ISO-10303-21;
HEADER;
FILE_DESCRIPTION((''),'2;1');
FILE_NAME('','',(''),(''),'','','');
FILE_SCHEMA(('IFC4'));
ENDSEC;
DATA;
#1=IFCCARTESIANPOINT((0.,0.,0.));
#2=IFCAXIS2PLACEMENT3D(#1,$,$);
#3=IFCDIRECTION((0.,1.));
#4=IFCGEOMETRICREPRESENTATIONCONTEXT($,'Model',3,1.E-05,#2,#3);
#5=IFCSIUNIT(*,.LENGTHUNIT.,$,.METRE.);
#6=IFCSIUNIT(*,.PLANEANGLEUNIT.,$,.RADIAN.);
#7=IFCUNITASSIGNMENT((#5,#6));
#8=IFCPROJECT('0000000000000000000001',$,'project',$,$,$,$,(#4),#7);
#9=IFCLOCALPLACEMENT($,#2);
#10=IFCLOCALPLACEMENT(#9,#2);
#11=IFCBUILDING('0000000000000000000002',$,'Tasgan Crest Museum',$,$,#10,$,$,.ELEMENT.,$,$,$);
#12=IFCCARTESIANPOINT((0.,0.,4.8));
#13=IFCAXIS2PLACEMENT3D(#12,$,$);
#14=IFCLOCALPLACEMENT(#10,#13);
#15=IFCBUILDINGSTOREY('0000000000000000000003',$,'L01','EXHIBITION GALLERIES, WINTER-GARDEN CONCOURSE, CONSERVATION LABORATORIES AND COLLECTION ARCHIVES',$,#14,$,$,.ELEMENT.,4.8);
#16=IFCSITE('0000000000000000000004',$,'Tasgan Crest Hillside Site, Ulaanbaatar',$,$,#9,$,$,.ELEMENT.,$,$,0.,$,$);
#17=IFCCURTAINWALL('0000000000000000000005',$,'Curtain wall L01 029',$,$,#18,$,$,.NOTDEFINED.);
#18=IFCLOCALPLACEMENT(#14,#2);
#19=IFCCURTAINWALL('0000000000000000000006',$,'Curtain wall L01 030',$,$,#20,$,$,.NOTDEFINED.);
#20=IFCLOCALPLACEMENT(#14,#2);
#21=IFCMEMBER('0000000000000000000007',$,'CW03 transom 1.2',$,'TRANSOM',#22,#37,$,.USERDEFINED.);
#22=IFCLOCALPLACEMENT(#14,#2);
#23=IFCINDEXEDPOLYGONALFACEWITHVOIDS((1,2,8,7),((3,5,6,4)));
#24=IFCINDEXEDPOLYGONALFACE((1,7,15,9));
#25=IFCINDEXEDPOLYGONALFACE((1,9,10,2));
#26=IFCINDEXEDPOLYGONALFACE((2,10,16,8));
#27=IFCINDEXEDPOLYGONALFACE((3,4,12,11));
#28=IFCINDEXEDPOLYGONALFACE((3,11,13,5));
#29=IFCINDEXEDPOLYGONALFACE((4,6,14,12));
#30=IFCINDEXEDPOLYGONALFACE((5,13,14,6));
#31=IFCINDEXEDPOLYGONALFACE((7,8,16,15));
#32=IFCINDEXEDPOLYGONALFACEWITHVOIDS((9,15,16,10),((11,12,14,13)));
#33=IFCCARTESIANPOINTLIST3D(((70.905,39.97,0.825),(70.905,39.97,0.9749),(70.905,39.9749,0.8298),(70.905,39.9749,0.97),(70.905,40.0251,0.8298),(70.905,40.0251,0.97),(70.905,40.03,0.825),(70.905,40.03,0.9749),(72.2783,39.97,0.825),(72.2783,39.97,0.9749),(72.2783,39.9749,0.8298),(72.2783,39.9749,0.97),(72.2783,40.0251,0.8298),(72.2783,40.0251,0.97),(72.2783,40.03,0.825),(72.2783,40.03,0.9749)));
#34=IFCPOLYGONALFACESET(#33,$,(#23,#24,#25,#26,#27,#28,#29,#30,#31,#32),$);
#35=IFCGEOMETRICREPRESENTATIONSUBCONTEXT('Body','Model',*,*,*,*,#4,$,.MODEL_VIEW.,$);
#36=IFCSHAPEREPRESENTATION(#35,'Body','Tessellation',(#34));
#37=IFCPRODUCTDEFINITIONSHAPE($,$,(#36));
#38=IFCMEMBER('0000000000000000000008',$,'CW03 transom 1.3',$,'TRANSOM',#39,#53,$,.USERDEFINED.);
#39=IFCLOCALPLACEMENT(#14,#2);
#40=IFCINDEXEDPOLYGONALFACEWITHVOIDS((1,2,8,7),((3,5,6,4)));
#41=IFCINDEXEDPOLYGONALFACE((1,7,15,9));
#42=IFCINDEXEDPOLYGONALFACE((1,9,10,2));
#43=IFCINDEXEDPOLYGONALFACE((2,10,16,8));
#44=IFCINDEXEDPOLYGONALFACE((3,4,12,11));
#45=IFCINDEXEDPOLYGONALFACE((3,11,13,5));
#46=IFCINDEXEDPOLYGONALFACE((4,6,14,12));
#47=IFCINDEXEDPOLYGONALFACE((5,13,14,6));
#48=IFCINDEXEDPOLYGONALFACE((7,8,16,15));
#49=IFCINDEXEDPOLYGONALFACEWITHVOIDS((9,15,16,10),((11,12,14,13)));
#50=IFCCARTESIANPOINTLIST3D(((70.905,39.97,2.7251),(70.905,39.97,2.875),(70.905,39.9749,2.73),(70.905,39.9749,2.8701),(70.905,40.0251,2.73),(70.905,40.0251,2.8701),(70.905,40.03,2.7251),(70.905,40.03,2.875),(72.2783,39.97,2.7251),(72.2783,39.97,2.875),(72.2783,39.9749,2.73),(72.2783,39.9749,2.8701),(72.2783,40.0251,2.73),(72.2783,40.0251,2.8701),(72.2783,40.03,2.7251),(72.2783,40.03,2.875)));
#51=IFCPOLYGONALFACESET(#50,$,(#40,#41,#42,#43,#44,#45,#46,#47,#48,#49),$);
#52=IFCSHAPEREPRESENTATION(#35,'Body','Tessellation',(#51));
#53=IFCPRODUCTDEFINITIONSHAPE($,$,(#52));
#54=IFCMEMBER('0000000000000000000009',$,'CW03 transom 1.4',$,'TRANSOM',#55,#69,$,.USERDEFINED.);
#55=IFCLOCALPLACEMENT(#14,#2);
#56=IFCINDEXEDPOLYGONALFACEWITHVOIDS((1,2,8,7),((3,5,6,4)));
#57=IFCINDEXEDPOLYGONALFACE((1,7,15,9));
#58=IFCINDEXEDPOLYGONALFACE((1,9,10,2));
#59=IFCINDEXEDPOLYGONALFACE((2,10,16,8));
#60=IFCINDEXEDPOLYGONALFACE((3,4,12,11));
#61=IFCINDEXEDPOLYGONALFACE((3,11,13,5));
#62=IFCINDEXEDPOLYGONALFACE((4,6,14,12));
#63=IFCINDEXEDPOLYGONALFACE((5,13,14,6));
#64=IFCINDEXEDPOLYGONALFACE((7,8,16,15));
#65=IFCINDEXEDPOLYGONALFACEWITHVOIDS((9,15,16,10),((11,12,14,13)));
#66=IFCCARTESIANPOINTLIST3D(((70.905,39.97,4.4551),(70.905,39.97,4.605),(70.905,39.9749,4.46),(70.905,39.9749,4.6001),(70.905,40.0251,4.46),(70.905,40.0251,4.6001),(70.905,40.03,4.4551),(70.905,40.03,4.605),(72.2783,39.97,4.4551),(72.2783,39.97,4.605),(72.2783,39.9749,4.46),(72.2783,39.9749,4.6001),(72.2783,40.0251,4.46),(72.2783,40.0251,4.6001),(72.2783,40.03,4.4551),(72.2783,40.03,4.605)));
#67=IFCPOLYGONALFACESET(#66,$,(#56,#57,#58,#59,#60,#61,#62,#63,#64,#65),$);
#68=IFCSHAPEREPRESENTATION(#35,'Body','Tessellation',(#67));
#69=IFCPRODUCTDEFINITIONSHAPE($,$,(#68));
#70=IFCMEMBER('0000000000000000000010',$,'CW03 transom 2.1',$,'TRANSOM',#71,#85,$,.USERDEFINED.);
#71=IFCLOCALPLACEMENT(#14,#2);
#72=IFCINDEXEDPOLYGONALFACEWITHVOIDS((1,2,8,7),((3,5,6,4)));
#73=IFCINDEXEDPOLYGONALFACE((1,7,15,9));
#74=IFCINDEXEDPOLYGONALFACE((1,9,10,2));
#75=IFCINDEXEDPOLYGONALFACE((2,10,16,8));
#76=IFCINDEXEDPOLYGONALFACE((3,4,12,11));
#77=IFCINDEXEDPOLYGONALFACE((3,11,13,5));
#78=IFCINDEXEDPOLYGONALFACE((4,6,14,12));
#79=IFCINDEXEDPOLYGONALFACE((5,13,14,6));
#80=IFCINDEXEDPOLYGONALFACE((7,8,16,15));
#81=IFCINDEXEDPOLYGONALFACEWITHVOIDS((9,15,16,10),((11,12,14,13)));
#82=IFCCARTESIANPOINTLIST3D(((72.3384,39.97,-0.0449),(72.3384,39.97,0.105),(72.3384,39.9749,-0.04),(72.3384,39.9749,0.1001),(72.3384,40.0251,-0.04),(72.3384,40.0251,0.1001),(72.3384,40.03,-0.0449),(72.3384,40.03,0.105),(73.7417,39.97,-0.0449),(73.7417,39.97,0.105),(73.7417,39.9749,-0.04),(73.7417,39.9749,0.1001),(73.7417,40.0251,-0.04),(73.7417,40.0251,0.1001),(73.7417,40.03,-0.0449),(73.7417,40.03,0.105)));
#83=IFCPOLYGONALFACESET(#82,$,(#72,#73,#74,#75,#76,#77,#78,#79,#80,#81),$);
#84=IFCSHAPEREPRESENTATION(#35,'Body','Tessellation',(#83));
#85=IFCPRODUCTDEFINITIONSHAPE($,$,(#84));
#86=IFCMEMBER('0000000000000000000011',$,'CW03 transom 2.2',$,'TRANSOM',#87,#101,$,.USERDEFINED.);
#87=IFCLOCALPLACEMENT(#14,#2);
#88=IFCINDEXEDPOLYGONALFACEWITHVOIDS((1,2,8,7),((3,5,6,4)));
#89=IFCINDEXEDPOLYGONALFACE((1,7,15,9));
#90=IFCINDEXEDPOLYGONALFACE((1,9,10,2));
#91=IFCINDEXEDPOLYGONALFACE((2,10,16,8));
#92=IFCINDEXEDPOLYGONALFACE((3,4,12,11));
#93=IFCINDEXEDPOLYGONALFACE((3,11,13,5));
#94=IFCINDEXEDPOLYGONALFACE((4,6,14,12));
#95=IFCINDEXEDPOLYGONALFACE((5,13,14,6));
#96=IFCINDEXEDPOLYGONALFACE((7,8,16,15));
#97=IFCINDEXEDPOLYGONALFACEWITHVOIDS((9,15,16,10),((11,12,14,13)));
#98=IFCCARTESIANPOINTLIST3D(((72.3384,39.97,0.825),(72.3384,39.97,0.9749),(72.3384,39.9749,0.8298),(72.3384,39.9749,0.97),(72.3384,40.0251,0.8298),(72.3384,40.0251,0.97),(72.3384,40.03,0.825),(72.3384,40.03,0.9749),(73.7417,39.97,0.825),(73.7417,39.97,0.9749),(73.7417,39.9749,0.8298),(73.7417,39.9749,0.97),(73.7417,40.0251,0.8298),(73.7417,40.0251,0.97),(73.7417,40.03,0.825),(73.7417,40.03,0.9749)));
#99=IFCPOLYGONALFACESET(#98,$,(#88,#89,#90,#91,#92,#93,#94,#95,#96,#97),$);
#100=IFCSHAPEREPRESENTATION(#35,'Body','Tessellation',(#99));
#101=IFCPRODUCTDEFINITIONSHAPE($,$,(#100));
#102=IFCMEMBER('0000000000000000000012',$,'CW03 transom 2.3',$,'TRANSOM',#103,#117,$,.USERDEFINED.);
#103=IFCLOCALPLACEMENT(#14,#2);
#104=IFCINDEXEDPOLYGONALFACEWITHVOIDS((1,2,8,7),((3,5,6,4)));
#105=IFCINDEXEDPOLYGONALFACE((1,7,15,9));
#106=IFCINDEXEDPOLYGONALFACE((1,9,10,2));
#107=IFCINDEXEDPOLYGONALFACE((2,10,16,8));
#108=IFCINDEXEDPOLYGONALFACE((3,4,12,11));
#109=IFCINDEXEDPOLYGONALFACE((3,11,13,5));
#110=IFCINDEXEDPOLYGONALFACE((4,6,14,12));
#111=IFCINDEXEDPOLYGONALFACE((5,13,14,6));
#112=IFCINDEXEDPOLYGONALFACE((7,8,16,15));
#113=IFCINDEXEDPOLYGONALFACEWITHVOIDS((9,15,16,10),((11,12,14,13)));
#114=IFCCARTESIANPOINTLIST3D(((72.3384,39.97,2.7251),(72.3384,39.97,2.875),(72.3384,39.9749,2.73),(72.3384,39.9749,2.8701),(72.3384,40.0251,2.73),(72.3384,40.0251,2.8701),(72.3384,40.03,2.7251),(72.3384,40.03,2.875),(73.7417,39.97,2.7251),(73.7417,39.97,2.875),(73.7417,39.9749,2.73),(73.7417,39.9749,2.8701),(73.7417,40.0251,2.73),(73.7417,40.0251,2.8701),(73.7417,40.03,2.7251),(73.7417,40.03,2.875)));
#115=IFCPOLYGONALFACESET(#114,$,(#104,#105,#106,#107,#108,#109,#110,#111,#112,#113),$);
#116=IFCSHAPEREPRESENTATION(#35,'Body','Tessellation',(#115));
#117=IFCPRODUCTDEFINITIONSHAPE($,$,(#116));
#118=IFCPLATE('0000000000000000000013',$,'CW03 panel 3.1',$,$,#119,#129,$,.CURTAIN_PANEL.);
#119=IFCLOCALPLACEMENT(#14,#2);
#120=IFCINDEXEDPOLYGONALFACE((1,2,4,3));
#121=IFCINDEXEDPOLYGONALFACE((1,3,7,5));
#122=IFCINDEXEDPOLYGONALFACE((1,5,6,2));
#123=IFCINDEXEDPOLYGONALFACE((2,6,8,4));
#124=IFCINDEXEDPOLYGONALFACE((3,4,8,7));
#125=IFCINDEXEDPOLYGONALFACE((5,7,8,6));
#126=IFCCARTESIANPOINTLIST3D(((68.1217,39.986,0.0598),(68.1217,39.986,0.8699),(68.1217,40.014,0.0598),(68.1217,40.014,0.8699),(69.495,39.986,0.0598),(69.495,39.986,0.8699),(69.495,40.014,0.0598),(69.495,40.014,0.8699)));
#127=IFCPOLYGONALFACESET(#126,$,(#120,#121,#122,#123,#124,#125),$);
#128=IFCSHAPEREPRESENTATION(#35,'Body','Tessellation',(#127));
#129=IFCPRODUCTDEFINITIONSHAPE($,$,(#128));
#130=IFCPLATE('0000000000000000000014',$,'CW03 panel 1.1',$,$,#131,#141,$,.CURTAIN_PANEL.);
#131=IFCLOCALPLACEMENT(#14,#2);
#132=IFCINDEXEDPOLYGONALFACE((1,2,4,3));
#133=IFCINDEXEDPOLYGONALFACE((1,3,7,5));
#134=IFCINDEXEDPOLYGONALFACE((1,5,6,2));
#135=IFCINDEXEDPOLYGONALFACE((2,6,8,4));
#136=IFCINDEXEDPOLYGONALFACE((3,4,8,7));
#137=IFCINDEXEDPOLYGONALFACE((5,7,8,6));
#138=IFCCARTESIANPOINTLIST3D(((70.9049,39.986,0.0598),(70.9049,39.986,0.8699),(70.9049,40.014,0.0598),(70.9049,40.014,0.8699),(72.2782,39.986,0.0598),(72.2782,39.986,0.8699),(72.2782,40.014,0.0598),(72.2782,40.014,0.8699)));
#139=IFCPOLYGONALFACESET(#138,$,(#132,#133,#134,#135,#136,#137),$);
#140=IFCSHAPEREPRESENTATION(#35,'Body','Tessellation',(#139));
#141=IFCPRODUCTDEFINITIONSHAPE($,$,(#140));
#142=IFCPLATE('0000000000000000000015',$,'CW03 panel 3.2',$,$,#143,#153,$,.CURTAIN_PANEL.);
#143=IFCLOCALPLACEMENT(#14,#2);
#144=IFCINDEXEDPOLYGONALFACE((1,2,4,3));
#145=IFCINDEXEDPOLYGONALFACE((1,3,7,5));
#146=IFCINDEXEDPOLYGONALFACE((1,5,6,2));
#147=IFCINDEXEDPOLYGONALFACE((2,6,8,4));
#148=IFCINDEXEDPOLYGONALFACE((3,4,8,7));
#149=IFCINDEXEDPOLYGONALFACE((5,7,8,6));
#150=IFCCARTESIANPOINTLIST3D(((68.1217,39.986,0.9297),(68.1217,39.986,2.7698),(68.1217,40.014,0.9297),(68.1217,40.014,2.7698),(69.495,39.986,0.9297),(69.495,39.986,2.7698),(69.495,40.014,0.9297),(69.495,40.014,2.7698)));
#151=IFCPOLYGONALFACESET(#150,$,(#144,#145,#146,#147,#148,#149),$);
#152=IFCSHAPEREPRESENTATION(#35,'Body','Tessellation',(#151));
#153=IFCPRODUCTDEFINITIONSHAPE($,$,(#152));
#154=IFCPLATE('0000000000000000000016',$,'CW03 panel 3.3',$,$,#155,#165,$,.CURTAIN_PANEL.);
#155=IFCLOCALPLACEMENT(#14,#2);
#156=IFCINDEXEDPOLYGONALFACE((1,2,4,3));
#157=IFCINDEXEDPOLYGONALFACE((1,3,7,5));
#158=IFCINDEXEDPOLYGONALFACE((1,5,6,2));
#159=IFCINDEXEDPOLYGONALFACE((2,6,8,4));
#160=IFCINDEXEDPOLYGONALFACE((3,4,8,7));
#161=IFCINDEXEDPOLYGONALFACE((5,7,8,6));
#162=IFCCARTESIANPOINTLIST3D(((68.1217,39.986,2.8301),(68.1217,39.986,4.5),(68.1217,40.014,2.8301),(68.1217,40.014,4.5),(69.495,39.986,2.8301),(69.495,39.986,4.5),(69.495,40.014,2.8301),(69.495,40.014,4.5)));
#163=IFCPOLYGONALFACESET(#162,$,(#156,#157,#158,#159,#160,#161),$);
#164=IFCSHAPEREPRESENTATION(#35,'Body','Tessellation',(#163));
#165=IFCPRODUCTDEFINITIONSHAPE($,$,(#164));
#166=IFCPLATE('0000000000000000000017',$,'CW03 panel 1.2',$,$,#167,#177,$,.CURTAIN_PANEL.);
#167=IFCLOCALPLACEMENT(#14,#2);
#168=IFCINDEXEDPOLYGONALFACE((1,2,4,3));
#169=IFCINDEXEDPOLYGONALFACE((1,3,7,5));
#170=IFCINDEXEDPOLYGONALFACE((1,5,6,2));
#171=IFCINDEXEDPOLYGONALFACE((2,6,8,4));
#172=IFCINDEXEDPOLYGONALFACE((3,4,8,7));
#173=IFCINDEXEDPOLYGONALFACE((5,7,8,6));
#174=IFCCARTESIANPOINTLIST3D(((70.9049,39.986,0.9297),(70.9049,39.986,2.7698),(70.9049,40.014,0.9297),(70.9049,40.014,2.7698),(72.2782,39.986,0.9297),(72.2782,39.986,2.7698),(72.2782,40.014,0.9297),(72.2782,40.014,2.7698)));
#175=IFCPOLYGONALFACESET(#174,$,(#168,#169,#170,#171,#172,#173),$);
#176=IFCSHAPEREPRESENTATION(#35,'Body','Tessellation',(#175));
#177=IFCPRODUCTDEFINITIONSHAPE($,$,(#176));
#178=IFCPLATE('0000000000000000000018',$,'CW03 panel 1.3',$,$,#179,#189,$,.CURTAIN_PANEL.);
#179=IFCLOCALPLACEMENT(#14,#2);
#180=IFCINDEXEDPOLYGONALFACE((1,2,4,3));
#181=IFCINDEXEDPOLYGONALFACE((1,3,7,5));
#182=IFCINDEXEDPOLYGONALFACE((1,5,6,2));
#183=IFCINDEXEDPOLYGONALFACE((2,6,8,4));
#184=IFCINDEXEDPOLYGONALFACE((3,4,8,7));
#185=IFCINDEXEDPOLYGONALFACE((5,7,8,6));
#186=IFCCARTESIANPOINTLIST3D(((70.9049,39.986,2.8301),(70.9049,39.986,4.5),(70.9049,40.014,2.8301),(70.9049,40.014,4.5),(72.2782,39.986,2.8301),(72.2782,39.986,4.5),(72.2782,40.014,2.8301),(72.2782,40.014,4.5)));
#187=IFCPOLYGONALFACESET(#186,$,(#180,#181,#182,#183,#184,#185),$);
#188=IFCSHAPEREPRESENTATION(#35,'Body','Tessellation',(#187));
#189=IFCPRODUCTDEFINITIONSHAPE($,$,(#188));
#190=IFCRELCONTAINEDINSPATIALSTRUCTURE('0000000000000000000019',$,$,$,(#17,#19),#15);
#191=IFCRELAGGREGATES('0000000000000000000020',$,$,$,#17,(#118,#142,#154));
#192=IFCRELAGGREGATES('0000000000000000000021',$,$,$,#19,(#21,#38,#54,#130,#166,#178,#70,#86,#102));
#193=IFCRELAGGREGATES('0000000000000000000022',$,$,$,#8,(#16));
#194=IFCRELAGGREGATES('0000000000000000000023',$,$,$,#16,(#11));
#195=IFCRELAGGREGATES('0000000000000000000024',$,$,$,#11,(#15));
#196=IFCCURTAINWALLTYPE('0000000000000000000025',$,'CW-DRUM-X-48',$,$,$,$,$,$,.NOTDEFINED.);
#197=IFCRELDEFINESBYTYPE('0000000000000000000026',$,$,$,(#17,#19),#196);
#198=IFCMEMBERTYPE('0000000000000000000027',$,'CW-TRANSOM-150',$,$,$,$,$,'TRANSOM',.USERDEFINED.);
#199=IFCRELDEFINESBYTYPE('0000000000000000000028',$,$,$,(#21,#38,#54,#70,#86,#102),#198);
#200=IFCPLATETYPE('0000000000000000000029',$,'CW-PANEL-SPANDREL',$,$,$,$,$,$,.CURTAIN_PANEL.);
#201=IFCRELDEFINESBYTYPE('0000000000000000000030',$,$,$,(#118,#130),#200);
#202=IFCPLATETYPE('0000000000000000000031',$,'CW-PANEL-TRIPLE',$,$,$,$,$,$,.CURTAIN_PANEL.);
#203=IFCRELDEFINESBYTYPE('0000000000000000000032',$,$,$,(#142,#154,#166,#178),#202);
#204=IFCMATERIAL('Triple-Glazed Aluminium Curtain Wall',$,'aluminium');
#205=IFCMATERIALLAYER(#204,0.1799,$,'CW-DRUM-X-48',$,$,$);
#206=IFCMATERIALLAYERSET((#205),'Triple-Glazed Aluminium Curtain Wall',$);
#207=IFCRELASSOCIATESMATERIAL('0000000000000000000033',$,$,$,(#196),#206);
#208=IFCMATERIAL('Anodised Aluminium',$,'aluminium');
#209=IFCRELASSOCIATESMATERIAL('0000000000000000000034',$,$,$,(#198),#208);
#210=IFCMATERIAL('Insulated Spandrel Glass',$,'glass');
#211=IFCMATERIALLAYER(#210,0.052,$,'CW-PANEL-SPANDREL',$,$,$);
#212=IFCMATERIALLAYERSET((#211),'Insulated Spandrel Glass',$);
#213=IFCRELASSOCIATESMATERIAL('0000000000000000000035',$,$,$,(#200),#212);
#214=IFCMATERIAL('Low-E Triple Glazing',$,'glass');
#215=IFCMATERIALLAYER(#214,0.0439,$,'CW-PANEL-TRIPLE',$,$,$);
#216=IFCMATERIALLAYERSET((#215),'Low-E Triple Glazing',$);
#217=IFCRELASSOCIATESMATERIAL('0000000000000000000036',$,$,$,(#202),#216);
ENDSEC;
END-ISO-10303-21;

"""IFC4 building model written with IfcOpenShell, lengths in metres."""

from ifc_helpers import new_model, si_unit, direction, frame, origin, origin_2d, place, context, subcontext, project, spatial, rectangle, hollow_rectangle, extrude, material, layer, layer_set, material_profile, profile_set, type_object, element, aggregate, save


model = new_model("IFC4")

# Units and contexts
model_context = context("Model", 3, precision=1e-05, world=origin(), true_north=direction((0.0, 1.0)))
body_context = subcontext(model_context, "Body", "Model", "MODEL_VIEW")
ifc_project = project(units=[si_unit("LENGTHUNIT", "METRE"), si_unit("PLANEANGLEUNIT", "RADIAN")], contexts=[model_context])

# Site, building, storey
site_placement = place(None, origin())
site = spatial("IfcSite", under=ifc_project, at=site_placement, Name="Tasgan Crest Hillside Site, Ulaanbaatar", CompositionType="ELEMENT", RefElevation=0.0)
building_placement = place(site_placement, origin())
building = spatial("IfcBuilding", under=site, at=building_placement, Name="Tasgan Crest Museum", CompositionType="ELEMENT")
storey_placement = place(building_placement, frame((0.0, 0.0, 4.8)))
storey = spatial("IfcBuildingStorey", under=building, at=storey_placement, Name="L01", Description="EXHIBITION GALLERIES, WINTER-GARDEN CONCOURSE, CONSERVATION LABORATORIES AND COLLECTION ARCHIVES", CompositionType="ELEMENT", Elevation=4.8)

# Curtain wall
ifc_material_1 = material(Name="Triple-Glazed Aluminium Curtain Wall", Category="aluminium")
ifc_layer_1 = layer(ifc_material_1, 0.1799, Name="CW-DRUM-X-48")
ifc_layer_set_1 = layer_set([ifc_layer_1], Name="Triple-Glazed Aluminium Curtain Wall")
curtain_wall_type = type_object("IfcCurtainWallType", Name="CW-DRUM-X-48", PredefinedType="NOTDEFINED", material=ifc_layer_set_1)
curtain_wall_1_placement = place(storey_placement, origin())
curtain_wall_1 = element("IfcCurtainWall", 1, at=curtain_wall_1_placement, inside=storey, type_object=curtain_wall_type, Name="Curtain wall L01 029", PredefinedType="NOTDEFINED")

# Curtain wall
curtain_wall_2_placement = place(storey_placement, origin())
curtain_wall_2 = element("IfcCurtainWall", 2, at=curtain_wall_2_placement, inside=storey, type_object=curtain_wall_type, Name="Curtain wall L01 030", PredefinedType="NOTDEFINED")

# Members
ifc_material_2 = material(Name="Anodised Aluminium", Category="aluminium")
ifc_material_profile_1 = material_profile(ifc_material_2, hollow_rectangle(XDim=0.0601, YDim=0.1499, WallThickness=0.0049, at=origin_2d()), Name="ALU TRANSOM 150x60x5")
ifc_profile_set_1 = profile_set([ifc_material_profile_1], Name="Anodised Aluminium")
member_type_1 = type_object("IfcMemberType", Name="CW-TRANSOM-150", ElementType="TRANSOM", PredefinedType="USERDEFINED", material=ifc_profile_set_1)
member_1_placement = place(storey_placement, frame((70.905, 40.0, 0.8999), z_axis=(1.0, 0.0, 0.0), x_axis=(0.0, 1.0, 0.0)))
member_1 = element("IfcMember", 3, at=member_1_placement, type_object=member_type_1, Name="CW03 transom 1.2", ObjectType="TRANSOM", PredefinedType="USERDEFINED", context=body_context, shape_type="SweptSolid", body=[
    extrude(hollow_rectangle(XDim=0.0601, YDim=0.1499, WallThickness=0.0049, at=origin_2d()), origin(), (0.0, 0.0, 1.0), 1.3733),
])
member_2_placement = place(storey_placement, frame((70.905, 40.0, 2.8), z_axis=(1.0, 0.0, 0.0), x_axis=(0.0, 1.0, 0.0)))
member_2 = element("IfcMember", 4, at=member_2_placement, type_object=member_type_1, Name="CW03 transom 1.3", ObjectType="TRANSOM", PredefinedType="USERDEFINED", context=body_context, shape_type="SweptSolid", body=[
    extrude(hollow_rectangle(XDim=0.0601, YDim=0.1499, WallThickness=0.0049, at=origin_2d()), origin(), (0.0, 0.0, 1.0), 1.3733),
])
member_3_placement = place(storey_placement, frame((70.905, 40.0, 4.53), z_axis=(1.0, 0.0, 0.0), x_axis=(0.0, 1.0, 0.0)))
member_3 = element("IfcMember", 5, at=member_3_placement, type_object=member_type_1, Name="CW03 transom 1.4", ObjectType="TRANSOM", PredefinedType="USERDEFINED", context=body_context, shape_type="SweptSolid", body=[
    extrude(hollow_rectangle(XDim=0.0601, YDim=0.1499, WallThickness=0.0049, at=origin_2d()), origin(), (0.0, 0.0, 1.0), 1.3733),
])
member_4_placement = place(storey_placement, frame((72.3384, 40.0, 0.03), z_axis=(1.0, 0.0, 0.0), x_axis=(0.0, 1.0, 0.0)))
member_4 = element("IfcMember", 6, at=member_4_placement, type_object=member_type_1, Name="CW03 transom 2.1", ObjectType="TRANSOM", PredefinedType="USERDEFINED", context=body_context, shape_type="SweptSolid", body=[
    extrude(hollow_rectangle(XDim=0.0601, YDim=0.1499, WallThickness=0.0049, at=origin_2d()), origin(), (0.0, 0.0, 1.0), 1.4033),
])
member_5_placement = place(storey_placement, frame((72.3384, 40.0, 0.8999), z_axis=(1.0, 0.0, 0.0), x_axis=(0.0, 1.0, 0.0)))
member_5 = element("IfcMember", 7, at=member_5_placement, type_object=member_type_1, Name="CW03 transom 2.2", ObjectType="TRANSOM", PredefinedType="USERDEFINED", context=body_context, shape_type="SweptSolid", body=[
    extrude(hollow_rectangle(XDim=0.0601, YDim=0.1499, WallThickness=0.0049, at=origin_2d()), origin(), (0.0, 0.0, 1.0), 1.4033),
])
member_6_placement = place(storey_placement, frame((72.3384, 40.0, 2.8), z_axis=(1.0, 0.0, 0.0), x_axis=(0.0, 1.0, 0.0)))
member_6 = element("IfcMember", 8, at=member_6_placement, type_object=member_type_1, Name="CW03 transom 2.3", ObjectType="TRANSOM", PredefinedType="USERDEFINED", context=body_context, shape_type="SweptSolid", body=[
    extrude(hollow_rectangle(XDim=0.0601, YDim=0.1499, WallThickness=0.0049, at=origin_2d()), origin(), (0.0, 0.0, 1.0), 1.4033),
])

# Plates
ifc_material_3 = material(Name="Insulated Spandrel Glass", Category="glass")
ifc_layer_2 = layer(ifc_material_3, 0.052, Name="CW-PANEL-SPANDREL")
ifc_layer_set_2 = layer_set([ifc_layer_2], Name="Insulated Spandrel Glass")
plate_type_1 = type_object("IfcPlateType", Name="CW-PANEL-SPANDREL", PredefinedType="CURTAIN_PANEL", material=ifc_layer_set_2)
plate_1_placement = place(storey_placement, frame((68.8083, 40.0, 0.0598), z_axis=(0.0, 0.0, 1.0), x_axis=(1.0, 0.0, 0.0)))
plate_1 = element("IfcPlate", 9, at=plate_1_placement, type_object=plate_type_1, Name="CW03 panel 3.1", PredefinedType="CURTAIN_PANEL", context=body_context, shape_type="SweptSolid", body=[
    extrude(rectangle(XDim=1.3733, YDim=0.0281, at=origin_2d()), origin(), (0.0, 0.0, 1.0), 0.8101),
])
plate_2_placement = place(storey_placement, frame((71.5916, 40.0, 0.0598), z_axis=(0.0, 0.0, 1.0), x_axis=(1.0, 0.0, 0.0)))
plate_2 = element("IfcPlate", 10, at=plate_2_placement, type_object=plate_type_1, Name="CW03 panel 1.1", PredefinedType="CURTAIN_PANEL", context=body_context, shape_type="SweptSolid", body=[
    extrude(rectangle(XDim=1.3733, YDim=0.0281, at=origin_2d()), origin(), (0.0, 0.0, 1.0), 0.8101),
])
ifc_material_4 = material(Name="Low-E Triple Glazing", Category="glass")
ifc_layer_3 = layer(ifc_material_4, 0.0439, Name="CW-PANEL-TRIPLE")
ifc_layer_set_3 = layer_set([ifc_layer_3], Name="Low-E Triple Glazing")
plate_type_2 = type_object("IfcPlateType", Name="CW-PANEL-TRIPLE", PredefinedType="CURTAIN_PANEL", material=ifc_layer_set_3)
plate_3_placement = place(storey_placement, frame((68.8083, 40.0, 0.9297), z_axis=(0.0, 0.0, 1.0), x_axis=(1.0, 0.0, 0.0)))
plate_3 = element("IfcPlate", 11, at=plate_3_placement, type_object=plate_type_2, Name="CW03 panel 3.2", PredefinedType="CURTAIN_PANEL", context=body_context, shape_type="SweptSolid", body=[
    extrude(rectangle(XDim=1.3733, YDim=0.0281, at=origin_2d()), origin(), (0.0, 0.0, 1.0), 1.8401),
])
plate_4_placement = place(storey_placement, frame((68.8083, 40.0, 2.8301), z_axis=(0.0, 0.0, 1.0), x_axis=(1.0, 0.0, 0.0)))
plate_4 = element("IfcPlate", 12, at=plate_4_placement, type_object=plate_type_2, Name="CW03 panel 3.3", PredefinedType="CURTAIN_PANEL", context=body_context, shape_type="SweptSolid", body=[
    extrude(rectangle(XDim=1.3733, YDim=0.0281, at=origin_2d()), origin(), (0.0, 0.0, 1.0), 1.6699),
])
aggregate(curtain_wall_1, [plate_1, plate_3, plate_4])
plate_5_placement = place(storey_placement, frame((71.5916, 40.0, 0.9297), z_axis=(0.0, 0.0, 1.0), x_axis=(1.0, 0.0, 0.0)))
plate_5 = element("IfcPlate", 13, at=plate_5_placement, type_object=plate_type_2, Name="CW03 panel 1.2", PredefinedType="CURTAIN_PANEL", context=body_context, shape_type="SweptSolid", body=[
    extrude(rectangle(XDim=1.3733, YDim=0.0281, at=origin_2d()), origin(), (0.0, 0.0, 1.0), 1.8401),
])
plate_6_placement = place(storey_placement, frame((71.5916, 40.0, 2.8301), z_axis=(0.0, 0.0, 1.0), x_axis=(1.0, 0.0, 0.0)))
plate_6 = element("IfcPlate", 14, at=plate_6_placement, type_object=plate_type_2, Name="CW03 panel 1.3", PredefinedType="CURTAIN_PANEL", context=body_context, shape_type="SweptSolid", body=[
    extrude(rectangle(XDim=1.3733, YDim=0.0281, at=origin_2d()), origin(), (0.0, 0.0, 1.0), 1.6699),
])
aggregate(curtain_wall_2, [member_1, member_2, member_3, plate_2, plate_5, plate_6, member_4, member_5, member_6])

save(model, "model.ifc")
